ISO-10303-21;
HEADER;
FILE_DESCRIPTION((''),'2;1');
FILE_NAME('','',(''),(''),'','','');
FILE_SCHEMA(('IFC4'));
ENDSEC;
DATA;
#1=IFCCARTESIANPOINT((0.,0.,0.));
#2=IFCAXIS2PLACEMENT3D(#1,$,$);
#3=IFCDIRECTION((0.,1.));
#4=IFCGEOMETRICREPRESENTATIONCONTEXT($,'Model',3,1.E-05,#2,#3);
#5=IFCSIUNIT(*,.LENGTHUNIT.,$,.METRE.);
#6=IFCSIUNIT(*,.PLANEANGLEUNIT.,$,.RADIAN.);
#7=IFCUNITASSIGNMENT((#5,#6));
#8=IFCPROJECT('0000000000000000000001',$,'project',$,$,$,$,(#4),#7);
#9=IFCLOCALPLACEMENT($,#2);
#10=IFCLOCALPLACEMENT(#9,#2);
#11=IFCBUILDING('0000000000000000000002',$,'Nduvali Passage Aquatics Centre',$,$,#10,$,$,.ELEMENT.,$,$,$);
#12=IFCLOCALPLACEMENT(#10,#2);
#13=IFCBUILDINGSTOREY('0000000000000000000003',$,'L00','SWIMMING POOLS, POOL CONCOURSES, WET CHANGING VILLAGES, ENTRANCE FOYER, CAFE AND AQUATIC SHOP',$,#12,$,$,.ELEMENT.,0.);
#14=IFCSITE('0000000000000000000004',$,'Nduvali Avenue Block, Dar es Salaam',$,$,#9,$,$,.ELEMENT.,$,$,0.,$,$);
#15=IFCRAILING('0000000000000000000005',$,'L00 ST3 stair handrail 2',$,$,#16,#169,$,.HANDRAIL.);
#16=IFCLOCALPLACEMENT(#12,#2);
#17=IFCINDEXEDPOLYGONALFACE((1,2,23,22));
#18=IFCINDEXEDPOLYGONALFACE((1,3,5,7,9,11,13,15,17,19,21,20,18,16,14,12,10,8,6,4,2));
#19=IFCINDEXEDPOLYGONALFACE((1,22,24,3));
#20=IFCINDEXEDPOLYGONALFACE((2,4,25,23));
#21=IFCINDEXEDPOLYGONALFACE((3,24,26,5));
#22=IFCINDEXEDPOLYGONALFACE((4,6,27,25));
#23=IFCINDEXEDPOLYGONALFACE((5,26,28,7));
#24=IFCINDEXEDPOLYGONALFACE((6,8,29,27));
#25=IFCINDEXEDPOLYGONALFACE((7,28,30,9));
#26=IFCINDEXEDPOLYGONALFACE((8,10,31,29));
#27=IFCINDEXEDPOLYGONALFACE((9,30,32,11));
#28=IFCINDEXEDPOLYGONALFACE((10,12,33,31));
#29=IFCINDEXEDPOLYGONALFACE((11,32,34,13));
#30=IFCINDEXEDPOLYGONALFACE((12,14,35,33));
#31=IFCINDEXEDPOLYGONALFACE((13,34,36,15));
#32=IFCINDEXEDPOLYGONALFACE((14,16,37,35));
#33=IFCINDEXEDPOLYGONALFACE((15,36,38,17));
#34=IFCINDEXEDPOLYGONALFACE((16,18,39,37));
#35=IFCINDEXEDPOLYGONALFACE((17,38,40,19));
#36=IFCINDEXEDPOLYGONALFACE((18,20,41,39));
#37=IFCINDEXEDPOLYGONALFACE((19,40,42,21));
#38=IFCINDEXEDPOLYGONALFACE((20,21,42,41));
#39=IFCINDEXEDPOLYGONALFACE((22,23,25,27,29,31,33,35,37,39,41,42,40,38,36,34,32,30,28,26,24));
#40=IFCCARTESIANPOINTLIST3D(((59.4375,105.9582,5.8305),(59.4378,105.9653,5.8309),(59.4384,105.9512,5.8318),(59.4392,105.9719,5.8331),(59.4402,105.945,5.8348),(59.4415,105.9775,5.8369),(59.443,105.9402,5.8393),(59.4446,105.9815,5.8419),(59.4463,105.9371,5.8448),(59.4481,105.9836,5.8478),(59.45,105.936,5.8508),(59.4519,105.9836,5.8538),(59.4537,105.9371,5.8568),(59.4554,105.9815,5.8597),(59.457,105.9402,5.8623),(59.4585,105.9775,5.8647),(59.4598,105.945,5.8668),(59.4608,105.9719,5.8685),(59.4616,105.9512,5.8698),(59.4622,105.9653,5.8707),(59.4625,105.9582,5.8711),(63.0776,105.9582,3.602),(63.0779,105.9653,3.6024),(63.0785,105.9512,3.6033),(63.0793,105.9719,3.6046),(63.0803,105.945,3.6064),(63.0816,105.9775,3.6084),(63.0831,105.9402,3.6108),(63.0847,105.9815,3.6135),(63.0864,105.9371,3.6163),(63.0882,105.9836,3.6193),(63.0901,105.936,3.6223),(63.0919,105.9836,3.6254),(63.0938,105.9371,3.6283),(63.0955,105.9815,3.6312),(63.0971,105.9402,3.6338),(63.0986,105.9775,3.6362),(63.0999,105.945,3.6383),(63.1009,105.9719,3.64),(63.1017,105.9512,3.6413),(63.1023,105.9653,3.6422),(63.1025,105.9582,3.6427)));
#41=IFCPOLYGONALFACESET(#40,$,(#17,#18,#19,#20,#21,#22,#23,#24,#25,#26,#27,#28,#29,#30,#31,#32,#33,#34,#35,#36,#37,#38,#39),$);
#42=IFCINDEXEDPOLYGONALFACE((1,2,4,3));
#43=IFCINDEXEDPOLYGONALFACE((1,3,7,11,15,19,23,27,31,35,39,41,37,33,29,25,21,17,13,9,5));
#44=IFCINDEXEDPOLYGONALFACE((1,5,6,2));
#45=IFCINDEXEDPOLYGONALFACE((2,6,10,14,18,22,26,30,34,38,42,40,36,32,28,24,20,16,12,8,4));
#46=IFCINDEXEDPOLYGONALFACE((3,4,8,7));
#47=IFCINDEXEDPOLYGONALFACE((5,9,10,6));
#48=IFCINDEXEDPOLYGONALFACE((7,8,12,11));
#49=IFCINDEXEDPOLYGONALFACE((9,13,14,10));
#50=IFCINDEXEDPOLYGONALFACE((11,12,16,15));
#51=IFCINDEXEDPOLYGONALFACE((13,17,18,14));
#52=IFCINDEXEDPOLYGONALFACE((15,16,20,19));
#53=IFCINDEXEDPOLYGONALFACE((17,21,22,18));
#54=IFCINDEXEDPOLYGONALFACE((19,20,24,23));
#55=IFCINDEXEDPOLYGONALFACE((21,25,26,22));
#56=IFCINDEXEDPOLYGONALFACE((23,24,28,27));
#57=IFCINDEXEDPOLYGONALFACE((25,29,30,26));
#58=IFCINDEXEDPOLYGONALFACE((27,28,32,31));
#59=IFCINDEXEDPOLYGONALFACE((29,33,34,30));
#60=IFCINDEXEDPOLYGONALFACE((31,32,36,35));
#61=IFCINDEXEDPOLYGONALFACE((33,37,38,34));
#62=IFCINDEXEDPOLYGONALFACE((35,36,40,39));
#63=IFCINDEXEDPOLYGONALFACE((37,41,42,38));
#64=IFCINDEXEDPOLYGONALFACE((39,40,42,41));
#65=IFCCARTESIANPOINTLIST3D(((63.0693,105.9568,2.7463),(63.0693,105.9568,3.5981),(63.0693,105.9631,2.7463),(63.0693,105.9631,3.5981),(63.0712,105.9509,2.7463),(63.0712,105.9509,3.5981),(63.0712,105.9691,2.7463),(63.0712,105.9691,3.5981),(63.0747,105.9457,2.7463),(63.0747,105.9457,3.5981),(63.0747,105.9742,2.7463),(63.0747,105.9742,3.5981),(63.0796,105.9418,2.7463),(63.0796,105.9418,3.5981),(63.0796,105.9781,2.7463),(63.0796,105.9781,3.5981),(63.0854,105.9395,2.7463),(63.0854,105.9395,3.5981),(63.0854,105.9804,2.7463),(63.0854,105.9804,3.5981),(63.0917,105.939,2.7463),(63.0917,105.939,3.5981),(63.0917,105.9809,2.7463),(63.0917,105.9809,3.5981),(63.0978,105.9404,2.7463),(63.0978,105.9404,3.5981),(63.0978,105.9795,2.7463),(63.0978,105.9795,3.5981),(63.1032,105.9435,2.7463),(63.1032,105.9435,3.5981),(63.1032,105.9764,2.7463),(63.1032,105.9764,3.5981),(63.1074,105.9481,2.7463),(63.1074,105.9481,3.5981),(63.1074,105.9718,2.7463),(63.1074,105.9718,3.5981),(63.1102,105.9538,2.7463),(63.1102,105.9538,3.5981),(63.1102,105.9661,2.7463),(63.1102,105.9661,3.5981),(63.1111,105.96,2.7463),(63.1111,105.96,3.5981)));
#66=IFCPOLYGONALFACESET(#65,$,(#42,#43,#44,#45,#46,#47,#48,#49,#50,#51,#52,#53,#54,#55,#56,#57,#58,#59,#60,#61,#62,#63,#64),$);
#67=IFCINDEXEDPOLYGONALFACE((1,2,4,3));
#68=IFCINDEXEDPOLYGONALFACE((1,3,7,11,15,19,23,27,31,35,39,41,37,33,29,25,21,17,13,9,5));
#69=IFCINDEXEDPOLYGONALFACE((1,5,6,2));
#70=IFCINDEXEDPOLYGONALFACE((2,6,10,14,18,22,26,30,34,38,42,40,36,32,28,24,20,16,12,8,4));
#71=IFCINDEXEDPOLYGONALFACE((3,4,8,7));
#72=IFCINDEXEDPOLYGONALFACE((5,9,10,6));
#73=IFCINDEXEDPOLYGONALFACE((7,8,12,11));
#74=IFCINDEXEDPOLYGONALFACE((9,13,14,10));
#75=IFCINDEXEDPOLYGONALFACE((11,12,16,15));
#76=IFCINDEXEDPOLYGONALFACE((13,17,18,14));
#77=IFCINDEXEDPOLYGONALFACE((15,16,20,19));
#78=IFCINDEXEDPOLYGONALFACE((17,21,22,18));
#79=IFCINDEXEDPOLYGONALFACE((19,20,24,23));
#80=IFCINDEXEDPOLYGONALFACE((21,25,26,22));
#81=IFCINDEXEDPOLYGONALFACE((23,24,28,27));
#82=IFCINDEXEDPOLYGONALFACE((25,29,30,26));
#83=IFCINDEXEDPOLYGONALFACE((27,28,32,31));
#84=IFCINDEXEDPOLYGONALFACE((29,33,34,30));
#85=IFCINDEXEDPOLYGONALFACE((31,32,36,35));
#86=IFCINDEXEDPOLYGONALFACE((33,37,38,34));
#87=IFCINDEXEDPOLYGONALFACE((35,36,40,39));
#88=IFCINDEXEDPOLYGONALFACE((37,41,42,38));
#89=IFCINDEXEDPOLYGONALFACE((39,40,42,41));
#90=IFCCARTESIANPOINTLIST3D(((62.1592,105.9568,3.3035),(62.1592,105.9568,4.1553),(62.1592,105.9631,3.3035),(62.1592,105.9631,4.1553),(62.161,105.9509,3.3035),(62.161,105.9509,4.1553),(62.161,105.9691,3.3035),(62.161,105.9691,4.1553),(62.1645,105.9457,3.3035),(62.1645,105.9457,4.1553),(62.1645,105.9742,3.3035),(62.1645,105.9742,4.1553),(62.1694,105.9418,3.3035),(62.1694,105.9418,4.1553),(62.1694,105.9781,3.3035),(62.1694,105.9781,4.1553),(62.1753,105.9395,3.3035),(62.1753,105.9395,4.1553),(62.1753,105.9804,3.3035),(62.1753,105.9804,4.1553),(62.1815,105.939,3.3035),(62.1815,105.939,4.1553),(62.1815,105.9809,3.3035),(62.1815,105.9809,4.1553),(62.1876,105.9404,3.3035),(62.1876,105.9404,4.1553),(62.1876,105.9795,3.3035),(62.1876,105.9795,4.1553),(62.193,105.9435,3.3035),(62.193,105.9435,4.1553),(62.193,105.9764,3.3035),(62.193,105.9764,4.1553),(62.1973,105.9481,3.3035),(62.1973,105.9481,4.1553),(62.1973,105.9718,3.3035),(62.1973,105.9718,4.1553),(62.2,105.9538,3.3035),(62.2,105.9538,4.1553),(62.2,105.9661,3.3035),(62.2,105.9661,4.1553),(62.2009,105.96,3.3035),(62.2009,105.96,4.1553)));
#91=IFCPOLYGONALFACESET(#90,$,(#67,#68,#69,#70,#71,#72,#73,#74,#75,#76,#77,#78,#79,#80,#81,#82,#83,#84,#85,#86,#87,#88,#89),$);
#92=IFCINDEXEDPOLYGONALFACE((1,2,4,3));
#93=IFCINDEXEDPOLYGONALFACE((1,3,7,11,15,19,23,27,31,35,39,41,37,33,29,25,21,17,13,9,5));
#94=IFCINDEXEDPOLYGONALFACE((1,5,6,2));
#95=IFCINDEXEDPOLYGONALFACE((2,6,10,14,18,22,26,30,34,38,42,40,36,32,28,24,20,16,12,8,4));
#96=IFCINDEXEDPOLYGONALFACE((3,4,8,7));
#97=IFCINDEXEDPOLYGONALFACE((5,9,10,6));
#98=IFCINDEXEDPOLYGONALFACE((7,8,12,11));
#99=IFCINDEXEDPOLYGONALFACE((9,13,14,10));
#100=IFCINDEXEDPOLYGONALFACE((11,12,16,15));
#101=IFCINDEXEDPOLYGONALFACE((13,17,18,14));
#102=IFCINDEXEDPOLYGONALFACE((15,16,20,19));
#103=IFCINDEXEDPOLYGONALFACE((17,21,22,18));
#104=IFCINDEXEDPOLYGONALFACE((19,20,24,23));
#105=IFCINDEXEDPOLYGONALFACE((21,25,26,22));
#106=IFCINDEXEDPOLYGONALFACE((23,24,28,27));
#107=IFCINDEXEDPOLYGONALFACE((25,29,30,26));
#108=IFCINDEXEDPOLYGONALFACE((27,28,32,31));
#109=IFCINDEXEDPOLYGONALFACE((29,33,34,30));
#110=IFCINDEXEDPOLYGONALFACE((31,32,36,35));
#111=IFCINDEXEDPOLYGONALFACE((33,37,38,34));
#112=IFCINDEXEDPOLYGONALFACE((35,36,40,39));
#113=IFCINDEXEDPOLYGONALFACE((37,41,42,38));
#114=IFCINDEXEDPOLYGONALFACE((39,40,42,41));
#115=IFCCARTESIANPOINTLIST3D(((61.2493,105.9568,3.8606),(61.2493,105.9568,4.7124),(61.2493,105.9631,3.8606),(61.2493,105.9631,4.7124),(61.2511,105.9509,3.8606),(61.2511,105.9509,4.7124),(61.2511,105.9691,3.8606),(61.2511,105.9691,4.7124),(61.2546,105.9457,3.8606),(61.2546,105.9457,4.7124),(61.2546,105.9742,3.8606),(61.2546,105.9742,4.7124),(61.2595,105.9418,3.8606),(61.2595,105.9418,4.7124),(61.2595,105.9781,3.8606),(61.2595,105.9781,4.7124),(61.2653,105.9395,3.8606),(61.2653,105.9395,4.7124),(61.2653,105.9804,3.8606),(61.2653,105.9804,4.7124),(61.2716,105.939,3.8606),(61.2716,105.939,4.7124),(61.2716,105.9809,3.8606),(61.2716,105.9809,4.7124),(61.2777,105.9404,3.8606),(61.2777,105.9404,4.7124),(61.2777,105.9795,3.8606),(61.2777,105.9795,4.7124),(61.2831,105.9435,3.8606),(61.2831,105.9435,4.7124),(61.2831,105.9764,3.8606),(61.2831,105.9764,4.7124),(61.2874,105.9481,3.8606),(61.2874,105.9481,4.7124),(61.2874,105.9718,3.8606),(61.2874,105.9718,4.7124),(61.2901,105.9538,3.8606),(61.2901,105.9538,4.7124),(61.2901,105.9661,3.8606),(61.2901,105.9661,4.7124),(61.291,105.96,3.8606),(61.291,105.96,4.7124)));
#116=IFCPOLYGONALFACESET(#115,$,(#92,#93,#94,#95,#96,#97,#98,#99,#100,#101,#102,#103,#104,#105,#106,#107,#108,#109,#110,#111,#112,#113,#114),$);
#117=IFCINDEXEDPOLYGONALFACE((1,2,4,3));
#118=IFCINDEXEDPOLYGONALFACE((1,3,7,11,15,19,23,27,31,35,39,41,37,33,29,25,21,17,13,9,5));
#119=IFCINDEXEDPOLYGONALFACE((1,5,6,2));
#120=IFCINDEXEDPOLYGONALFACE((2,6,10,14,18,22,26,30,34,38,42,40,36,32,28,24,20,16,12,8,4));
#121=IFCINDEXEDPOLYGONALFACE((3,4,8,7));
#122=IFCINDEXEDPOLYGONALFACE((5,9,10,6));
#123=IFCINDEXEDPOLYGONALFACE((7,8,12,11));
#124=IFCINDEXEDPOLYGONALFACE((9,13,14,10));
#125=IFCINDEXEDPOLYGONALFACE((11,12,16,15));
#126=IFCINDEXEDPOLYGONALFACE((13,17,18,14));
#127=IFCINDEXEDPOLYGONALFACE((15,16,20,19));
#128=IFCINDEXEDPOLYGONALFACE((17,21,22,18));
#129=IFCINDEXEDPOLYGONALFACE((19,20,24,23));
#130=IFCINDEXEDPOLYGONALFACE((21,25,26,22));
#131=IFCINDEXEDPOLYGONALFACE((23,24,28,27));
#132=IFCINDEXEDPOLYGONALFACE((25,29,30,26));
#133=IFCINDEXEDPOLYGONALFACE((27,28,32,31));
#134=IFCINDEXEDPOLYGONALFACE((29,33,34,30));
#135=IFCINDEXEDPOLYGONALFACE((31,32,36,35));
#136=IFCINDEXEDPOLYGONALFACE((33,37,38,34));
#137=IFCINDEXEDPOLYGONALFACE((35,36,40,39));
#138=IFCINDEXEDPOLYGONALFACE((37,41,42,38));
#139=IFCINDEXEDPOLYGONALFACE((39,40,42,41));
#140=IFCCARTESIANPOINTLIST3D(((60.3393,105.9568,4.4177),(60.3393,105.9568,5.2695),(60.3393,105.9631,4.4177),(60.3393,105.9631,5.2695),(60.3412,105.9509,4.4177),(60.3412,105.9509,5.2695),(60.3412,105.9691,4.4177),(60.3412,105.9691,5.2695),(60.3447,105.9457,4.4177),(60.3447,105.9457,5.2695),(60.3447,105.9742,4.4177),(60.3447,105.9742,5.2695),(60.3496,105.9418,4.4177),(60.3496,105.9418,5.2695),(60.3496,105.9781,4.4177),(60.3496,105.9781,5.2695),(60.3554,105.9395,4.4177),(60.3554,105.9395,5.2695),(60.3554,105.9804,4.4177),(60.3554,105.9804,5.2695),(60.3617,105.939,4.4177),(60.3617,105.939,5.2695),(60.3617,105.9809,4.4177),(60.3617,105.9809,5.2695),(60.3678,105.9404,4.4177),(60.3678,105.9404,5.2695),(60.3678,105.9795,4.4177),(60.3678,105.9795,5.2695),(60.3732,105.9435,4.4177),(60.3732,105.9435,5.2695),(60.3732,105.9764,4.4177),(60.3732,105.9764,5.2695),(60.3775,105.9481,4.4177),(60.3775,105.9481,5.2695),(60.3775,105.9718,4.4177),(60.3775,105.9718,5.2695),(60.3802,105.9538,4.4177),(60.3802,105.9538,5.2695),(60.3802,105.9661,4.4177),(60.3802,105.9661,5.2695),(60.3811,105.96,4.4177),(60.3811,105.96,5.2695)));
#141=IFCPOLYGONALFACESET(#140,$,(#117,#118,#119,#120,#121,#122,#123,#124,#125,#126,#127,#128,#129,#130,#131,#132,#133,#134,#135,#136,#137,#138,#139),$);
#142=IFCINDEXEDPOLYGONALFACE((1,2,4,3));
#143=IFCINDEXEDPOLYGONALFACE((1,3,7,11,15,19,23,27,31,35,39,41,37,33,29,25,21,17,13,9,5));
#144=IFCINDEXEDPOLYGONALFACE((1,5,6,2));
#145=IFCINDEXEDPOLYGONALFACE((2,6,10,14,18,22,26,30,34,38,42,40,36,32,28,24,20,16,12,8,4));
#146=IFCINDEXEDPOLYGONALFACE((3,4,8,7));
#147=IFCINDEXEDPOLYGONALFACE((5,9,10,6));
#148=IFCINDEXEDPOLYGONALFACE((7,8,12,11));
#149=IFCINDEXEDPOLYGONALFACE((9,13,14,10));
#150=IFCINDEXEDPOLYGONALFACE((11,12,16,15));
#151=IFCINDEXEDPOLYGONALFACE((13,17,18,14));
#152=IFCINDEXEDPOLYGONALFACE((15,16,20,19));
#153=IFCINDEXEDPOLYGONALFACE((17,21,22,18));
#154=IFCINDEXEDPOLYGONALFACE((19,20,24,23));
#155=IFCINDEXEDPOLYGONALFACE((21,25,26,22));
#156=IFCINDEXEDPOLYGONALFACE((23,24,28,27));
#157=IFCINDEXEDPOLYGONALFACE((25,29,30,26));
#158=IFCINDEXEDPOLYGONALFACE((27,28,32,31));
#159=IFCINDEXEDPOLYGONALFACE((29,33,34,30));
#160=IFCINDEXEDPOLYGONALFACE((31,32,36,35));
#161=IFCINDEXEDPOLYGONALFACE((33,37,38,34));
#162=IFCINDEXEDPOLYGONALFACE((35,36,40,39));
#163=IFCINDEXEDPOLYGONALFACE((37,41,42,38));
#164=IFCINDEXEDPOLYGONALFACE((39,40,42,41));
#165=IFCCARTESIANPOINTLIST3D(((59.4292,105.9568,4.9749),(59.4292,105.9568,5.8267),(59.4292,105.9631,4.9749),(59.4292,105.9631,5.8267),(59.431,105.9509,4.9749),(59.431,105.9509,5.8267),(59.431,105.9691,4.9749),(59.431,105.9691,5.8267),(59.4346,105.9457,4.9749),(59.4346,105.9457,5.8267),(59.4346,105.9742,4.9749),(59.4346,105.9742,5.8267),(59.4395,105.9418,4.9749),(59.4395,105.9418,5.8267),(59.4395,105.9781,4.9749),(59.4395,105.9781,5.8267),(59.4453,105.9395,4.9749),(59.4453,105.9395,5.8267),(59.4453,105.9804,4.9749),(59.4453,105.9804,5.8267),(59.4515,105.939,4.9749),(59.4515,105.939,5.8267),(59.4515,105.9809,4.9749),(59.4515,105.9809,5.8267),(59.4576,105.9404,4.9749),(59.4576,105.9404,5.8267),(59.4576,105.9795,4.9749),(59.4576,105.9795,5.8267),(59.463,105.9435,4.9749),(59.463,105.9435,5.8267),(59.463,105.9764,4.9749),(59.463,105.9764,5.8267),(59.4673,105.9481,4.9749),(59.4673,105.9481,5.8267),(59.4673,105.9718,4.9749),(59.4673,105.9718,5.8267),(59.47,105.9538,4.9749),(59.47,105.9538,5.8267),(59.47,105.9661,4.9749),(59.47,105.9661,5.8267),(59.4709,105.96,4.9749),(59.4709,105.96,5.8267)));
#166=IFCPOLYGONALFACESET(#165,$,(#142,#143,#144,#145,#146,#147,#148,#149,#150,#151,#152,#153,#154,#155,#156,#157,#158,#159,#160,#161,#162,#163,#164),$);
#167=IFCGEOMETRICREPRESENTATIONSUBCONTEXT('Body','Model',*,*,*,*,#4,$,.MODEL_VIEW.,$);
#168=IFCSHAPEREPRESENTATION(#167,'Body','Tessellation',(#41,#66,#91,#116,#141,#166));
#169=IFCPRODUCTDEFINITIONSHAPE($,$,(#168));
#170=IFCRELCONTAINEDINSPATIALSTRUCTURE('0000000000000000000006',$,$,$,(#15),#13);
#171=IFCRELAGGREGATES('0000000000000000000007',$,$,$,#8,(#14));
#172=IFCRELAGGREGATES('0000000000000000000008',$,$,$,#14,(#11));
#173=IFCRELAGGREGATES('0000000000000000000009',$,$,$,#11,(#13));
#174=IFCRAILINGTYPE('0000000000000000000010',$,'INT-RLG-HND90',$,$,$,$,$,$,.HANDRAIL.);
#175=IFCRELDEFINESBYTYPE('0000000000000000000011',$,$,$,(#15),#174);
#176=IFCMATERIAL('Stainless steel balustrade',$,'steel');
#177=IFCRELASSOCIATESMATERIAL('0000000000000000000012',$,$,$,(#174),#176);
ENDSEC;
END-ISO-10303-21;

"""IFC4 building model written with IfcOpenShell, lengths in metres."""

from ifc_helpers import new_model, si_unit, direction, frame, origin, origin_2d, place, context, subcontext, project, spatial, circle, extrude, material, type_object, element, save


model = new_model("IFC4")

# Units and contexts
model_context = context("Model", 3, precision=1e-05, world=origin(), true_north=direction((0.0, 1.0)))
body_context = subcontext(model_context, "Body", "Model", "MODEL_VIEW")
ifc_project = project(units=[si_unit("LENGTHUNIT", "METRE"), si_unit("PLANEANGLEUNIT", "RADIAN")], contexts=[model_context])

# Site, building, storey
site_placement = place(None, origin())
site = spatial("IfcSite", under=ifc_project, at=site_placement, Name="Nduvali Avenue Block, Dar es Salaam", CompositionType="ELEMENT", RefElevation=0.0)
building_placement = place(site_placement, origin())
building = spatial("IfcBuilding", under=site, at=building_placement, Name="Nduvali Passage Aquatics Centre", CompositionType="ELEMENT")
storey_placement = place(building_placement, origin())
storey = spatial("IfcBuildingStorey", under=building, at=storey_placement, Name="L00", Description="SWIMMING POOLS, POOL CONCOURSES, WET CHANGING VILLAGES, ENTRANCE FOYER, CAFE AND AQUATIC SHOP", CompositionType="ELEMENT", Elevation=0.0)

# Railing
ifc_material_1 = material(Name="Stainless steel balustrade", Category="steel")
railing_type_1 = type_object("IfcRailingType", Name="INT-RLG-HND90", PredefinedType="HANDRAIL", material=ifc_material_1)
railing_1_placement = place(storey_placement, frame((63.0901, 105.96, 2.7463)))
element("IfcRailing", 1, at=railing_1_placement, inside=storey, type_object=railing_type_1, Name="L00 ST3 stair handrail 2", PredefinedType="HANDRAIL", context=body_context, shape_type="SweptSolid", body=[
    extrude(circle(Radius=0.0239, at=origin_2d()), frame((0.0, 0.0, 0.876), z_axis=(-0.852866, 0.0, 0.52213), x_axis=(0.0, -1.0, 0.0)), (0.0, 0.0, 1.0), 4.2681),
    extrude(circle(Radius=0.021, at=origin_2d()), origin(), (0.0, 0.0, 1.0), 0.8518),
    extrude(circle(Radius=0.021, at=origin_2d()), frame((-0.9102, 0.0, 0.5571)), (0.0, 0.0, 1.0), 0.8518),
    extrude(circle(Radius=0.021, at=origin_2d()), frame((-1.8201, 0.0, 1.1143)), (0.0, 0.0, 1.0), 0.8518),
    extrude(circle(Radius=0.021, at=origin_2d()), frame((-2.73, 0.0, 1.6714)), (0.0, 0.0, 1.0), 0.8518),
    extrude(circle(Radius=0.021, at=origin_2d()), frame((-3.6401, 0.0, 2.2285)), (0.0, 0.0, 1.0), 0.8518),
])

save(model, "model.ifc")
